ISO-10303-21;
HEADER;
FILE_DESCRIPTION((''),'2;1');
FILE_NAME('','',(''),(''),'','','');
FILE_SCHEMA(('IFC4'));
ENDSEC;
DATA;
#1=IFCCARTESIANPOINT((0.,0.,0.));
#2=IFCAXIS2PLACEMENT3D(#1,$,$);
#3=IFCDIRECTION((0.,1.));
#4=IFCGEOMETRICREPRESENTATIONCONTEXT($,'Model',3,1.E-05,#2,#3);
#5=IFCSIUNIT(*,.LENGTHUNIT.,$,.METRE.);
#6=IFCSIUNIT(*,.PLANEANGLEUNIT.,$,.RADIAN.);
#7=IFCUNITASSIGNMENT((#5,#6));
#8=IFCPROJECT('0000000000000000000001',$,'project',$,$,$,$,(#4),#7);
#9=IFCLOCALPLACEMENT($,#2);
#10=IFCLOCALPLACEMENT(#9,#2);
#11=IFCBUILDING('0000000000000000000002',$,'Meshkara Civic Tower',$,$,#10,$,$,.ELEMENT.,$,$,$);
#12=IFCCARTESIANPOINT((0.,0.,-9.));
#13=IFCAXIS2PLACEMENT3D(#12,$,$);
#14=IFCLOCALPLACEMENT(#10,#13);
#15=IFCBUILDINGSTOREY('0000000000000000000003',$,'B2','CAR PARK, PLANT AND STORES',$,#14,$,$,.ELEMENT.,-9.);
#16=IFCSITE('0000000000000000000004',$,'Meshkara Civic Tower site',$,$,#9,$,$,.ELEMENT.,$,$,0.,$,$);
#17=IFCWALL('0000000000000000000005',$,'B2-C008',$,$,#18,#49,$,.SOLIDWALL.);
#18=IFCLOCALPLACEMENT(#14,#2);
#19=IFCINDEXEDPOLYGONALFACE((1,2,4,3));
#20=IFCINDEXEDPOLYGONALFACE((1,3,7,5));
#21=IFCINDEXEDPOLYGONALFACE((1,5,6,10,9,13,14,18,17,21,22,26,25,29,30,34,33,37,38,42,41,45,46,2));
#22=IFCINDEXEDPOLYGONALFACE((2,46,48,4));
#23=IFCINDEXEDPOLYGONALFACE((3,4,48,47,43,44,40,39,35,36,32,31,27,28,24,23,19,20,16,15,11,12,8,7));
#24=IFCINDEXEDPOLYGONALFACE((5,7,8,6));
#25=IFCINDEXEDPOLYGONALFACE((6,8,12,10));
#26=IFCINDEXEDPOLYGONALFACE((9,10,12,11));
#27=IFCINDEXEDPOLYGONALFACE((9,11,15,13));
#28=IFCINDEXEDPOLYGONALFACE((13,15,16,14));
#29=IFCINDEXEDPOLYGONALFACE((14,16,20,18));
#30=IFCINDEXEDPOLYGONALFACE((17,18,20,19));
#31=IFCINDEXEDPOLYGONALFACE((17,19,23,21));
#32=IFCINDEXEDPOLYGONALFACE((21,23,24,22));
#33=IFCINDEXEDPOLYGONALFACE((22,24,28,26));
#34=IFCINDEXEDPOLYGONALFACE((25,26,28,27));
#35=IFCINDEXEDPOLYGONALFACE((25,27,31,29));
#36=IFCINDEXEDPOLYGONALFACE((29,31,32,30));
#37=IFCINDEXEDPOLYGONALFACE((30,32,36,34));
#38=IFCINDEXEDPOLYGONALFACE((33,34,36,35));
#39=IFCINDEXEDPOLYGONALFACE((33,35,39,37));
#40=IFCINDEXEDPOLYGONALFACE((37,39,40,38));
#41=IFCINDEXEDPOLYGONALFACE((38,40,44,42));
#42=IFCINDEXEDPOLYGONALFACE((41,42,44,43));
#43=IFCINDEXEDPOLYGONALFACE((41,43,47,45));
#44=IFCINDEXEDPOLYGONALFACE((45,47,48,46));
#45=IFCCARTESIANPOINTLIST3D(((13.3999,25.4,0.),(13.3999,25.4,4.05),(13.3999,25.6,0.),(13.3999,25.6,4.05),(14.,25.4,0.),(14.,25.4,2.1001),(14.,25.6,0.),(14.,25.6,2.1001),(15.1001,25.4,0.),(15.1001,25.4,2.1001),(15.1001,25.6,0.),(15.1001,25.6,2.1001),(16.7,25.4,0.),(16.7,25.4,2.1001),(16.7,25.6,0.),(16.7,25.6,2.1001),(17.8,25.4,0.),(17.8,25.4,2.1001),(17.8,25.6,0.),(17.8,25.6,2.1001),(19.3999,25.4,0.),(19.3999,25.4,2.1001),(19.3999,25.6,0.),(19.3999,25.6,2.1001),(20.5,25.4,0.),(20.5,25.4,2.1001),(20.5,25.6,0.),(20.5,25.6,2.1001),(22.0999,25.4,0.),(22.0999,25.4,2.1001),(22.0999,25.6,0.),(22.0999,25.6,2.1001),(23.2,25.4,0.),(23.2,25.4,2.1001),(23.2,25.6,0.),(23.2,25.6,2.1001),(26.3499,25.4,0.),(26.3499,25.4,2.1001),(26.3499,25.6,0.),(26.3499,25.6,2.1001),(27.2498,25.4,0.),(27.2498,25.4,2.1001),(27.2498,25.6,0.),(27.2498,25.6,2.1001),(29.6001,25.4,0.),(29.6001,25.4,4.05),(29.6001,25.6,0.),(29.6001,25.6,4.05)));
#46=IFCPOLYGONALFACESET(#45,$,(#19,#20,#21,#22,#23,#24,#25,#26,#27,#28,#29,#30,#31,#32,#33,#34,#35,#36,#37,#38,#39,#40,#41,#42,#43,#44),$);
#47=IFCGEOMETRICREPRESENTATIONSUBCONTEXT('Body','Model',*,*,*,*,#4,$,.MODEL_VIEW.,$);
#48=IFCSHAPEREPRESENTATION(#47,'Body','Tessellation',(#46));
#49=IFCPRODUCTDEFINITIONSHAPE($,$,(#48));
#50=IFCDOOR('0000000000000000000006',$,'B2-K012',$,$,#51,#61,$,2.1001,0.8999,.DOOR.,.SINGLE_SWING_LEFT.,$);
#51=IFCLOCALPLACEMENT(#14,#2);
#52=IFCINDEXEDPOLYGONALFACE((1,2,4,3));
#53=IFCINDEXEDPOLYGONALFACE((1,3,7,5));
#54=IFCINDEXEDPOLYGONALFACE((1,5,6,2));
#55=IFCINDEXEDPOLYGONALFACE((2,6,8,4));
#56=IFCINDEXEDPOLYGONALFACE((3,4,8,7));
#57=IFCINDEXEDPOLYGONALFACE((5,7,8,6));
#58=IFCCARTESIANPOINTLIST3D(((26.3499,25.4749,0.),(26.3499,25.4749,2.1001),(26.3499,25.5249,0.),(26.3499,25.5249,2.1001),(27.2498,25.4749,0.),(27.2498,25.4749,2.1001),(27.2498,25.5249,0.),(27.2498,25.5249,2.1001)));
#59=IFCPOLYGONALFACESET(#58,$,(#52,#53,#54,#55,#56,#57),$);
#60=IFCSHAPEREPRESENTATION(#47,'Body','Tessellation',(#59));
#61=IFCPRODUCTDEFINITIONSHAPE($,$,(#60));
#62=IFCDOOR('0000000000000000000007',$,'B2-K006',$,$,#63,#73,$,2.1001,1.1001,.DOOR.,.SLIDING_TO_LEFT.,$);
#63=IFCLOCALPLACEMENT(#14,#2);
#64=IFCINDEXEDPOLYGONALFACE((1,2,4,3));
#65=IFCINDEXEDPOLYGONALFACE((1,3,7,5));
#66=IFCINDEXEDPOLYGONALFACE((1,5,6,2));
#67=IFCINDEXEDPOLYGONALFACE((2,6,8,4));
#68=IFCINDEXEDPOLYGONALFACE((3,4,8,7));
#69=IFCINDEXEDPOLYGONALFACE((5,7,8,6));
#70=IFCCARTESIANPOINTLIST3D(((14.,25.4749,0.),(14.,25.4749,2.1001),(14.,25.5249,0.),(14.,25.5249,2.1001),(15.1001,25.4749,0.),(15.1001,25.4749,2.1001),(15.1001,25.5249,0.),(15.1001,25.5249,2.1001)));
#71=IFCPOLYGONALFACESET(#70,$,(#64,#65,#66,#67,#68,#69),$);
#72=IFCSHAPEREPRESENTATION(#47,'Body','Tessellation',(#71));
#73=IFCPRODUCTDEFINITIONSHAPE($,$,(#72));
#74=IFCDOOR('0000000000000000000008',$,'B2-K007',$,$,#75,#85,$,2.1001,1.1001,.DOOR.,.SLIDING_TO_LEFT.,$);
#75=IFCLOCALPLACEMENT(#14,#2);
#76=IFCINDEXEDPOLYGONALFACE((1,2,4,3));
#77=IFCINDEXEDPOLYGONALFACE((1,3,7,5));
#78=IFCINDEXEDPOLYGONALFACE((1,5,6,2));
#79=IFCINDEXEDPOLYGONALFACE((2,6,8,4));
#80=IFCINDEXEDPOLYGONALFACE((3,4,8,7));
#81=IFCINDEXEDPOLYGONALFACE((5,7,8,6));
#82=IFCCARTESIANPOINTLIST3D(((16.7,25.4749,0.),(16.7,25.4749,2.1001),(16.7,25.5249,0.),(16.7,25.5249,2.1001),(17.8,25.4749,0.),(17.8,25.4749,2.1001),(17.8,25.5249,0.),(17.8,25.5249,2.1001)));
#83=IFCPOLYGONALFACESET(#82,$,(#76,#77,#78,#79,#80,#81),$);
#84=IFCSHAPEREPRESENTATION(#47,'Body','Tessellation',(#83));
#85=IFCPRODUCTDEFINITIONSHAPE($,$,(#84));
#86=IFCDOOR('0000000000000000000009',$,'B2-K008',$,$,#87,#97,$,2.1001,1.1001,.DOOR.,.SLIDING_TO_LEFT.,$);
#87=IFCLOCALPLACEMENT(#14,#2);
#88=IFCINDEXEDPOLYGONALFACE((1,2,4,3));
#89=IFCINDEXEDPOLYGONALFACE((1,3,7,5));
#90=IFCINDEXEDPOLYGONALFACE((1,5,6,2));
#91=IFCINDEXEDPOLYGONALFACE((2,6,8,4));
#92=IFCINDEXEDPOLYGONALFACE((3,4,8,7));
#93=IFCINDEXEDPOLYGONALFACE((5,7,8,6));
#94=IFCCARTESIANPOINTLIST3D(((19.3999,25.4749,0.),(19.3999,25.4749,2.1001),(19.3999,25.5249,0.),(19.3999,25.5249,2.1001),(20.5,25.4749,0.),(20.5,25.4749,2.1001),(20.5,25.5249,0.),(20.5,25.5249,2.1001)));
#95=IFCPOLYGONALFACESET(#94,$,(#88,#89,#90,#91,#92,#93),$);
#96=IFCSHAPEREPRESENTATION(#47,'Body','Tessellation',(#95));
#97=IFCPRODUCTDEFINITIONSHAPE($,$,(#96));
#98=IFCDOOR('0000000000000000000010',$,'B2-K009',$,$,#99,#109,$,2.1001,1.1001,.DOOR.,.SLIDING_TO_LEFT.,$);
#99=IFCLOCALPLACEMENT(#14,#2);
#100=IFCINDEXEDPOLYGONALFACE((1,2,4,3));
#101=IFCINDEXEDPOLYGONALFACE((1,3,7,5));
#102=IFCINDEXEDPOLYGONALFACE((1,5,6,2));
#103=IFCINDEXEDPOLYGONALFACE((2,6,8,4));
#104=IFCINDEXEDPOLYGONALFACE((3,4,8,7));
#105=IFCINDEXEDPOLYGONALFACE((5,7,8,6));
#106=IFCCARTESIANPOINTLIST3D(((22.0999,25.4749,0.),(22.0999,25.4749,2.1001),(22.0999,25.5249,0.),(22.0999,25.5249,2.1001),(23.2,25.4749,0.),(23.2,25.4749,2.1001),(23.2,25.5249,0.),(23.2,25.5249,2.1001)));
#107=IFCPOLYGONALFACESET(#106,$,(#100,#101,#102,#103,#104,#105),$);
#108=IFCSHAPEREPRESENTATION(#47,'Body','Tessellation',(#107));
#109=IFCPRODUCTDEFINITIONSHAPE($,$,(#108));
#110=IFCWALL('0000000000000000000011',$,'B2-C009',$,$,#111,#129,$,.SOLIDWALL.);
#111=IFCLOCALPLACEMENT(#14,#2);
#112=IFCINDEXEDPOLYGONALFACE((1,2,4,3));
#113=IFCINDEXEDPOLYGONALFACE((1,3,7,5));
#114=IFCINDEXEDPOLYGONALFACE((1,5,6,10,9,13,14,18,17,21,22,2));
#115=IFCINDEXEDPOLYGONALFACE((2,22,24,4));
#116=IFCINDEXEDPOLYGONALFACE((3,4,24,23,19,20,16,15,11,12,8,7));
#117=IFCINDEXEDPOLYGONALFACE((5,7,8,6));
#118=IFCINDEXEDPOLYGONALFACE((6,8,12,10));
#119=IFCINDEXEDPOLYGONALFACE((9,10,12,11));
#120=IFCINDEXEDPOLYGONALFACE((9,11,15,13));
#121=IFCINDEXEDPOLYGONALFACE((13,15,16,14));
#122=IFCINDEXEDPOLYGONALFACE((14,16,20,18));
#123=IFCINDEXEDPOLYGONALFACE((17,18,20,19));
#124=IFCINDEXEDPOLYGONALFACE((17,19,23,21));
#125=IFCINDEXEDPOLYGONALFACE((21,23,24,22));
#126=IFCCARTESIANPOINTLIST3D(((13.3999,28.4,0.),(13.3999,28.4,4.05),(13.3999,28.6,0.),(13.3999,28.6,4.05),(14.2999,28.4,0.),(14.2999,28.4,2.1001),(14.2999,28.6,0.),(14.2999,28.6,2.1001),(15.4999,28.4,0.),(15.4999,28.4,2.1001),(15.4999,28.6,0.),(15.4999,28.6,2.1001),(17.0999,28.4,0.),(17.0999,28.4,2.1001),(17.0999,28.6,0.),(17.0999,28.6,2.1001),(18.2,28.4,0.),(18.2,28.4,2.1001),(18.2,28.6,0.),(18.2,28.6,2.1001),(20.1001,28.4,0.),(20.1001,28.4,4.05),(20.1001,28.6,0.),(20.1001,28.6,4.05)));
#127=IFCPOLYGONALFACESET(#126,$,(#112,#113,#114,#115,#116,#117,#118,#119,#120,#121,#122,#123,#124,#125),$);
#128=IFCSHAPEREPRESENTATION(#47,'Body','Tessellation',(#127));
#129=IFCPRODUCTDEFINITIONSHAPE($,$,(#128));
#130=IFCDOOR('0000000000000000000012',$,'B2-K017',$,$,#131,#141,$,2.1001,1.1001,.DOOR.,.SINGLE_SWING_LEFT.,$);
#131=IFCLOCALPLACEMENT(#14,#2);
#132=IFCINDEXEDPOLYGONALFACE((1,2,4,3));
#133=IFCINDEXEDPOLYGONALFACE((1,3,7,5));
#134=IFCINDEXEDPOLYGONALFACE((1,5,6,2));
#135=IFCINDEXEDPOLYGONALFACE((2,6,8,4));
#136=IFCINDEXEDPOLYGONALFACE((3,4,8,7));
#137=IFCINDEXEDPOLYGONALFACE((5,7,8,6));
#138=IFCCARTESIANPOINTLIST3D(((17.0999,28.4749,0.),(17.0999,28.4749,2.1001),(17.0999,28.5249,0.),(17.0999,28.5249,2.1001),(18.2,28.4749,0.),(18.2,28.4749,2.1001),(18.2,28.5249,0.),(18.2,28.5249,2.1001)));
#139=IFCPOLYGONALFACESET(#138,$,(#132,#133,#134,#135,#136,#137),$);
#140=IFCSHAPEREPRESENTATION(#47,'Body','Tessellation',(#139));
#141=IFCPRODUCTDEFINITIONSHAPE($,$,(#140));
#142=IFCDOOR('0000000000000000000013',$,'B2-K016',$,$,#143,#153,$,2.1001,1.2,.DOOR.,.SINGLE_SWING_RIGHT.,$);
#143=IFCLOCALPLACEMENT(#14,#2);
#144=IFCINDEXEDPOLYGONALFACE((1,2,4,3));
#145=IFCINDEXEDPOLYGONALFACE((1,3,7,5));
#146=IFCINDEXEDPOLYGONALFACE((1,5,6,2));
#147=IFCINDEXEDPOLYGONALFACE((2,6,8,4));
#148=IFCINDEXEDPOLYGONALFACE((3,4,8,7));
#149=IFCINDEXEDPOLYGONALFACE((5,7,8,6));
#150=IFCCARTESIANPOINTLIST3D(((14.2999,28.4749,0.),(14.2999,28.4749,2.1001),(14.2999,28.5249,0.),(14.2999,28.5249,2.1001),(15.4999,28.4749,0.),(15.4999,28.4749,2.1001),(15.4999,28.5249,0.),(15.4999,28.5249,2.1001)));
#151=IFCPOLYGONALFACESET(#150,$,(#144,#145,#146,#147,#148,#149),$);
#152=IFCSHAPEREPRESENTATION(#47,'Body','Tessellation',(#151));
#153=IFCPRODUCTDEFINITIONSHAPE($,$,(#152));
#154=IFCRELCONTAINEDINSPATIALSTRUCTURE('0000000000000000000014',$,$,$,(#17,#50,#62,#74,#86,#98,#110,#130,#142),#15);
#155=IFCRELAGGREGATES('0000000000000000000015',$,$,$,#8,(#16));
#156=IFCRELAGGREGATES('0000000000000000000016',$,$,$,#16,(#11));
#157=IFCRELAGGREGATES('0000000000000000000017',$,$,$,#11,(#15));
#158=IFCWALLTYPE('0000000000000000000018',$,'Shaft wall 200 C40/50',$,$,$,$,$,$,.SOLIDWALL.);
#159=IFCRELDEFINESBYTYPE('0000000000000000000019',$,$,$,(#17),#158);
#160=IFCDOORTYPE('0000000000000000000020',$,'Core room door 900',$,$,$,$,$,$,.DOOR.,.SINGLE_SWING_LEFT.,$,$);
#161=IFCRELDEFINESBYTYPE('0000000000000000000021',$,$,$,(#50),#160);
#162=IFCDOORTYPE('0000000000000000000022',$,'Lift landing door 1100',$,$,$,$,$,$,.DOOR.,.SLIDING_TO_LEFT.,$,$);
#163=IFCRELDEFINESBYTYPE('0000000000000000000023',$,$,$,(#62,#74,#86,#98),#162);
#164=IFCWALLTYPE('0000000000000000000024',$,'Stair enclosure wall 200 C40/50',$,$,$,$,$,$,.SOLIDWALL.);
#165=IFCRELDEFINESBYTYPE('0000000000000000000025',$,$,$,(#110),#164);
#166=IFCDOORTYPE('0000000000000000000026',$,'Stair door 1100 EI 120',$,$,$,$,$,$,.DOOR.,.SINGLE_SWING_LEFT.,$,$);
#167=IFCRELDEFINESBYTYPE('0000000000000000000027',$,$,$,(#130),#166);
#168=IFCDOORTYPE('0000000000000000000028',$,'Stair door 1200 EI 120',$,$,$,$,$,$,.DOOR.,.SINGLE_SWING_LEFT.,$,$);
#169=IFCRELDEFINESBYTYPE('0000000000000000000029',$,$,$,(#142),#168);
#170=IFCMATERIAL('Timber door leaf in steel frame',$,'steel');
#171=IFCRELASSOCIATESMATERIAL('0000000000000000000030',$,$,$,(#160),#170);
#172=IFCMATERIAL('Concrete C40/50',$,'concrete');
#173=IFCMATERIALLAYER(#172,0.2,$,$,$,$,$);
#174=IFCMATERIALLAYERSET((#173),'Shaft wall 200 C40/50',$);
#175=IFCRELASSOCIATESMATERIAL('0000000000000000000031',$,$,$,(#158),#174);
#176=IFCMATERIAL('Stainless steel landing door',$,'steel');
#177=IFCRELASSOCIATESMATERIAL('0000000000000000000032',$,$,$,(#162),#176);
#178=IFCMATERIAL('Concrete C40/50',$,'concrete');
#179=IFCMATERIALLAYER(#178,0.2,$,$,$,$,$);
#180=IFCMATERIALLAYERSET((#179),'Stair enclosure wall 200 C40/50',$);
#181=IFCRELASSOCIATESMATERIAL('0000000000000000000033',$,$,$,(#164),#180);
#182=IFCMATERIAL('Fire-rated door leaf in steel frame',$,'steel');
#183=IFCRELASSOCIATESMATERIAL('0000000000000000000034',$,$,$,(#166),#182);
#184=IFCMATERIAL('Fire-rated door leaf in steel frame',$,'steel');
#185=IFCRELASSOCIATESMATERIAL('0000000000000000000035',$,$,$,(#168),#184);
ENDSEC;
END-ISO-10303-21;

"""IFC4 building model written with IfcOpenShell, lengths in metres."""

from ifc_helpers import new_model, si_unit, direction, frame, frame_2d, origin, place, context, subcontext, project, spatial, rectangle, extrude, material, layer, layer_set, type_object, element, fill, save


model = new_model("IFC4")

# Units and contexts
model_context = context("Model", 3, precision=1e-05, world=origin(), true_north=direction((0.0, 1.0)))
body_context = subcontext(model_context, "Body", "Model", "MODEL_VIEW")
ifc_project = project(units=[si_unit("LENGTHUNIT", "METRE"), si_unit("PLANEANGLEUNIT", "RADIAN")], contexts=[model_context])

# Site, building, storey
site_placement = place(None, origin())
site = spatial("IfcSite", under=ifc_project, at=site_placement, Name="Meshkara Civic Tower site", CompositionType="ELEMENT", RefElevation=0.0)
building_placement = place(site_placement, origin())
building = spatial("IfcBuilding", under=site, at=building_placement, Name="Meshkara Civic Tower", CompositionType="ELEMENT")
storey_placement = place(building_placement, frame((0.0, 0.0, -9.0)))
storey = spatial("IfcBuildingStorey", under=building, at=storey_placement, Name="B2", Description="CAR PARK, PLANT AND STORES", CompositionType="ELEMENT", Elevation=-9.0)

# Shared definitions
ifc_material_1 = material(Name="Timber door leaf in steel frame", Category="steel")
door_type_1 = type_object("IfcDoorType", Name="Core room door 900", OperationType="SINGLE_SWING_LEFT", PredefinedType="DOOR", material=ifc_material_1)

# Walls, openings, doors
ifc_material_2 = material(Name="Concrete C40/50", Category="concrete")
ifc_layer_1 = layer(ifc_material_2, 0.2)
ifc_layer_set_1 = layer_set([ifc_layer_1], Name="Shaft wall 200 C40/50")
wall_type_1 = type_object("IfcWallType", Name="Shaft wall 200 C40/50", PredefinedType="SOLIDWALL", material=ifc_layer_set_1)
ifc_material_3 = material(Name="Stainless steel landing door", Category="steel")
door_type_2 = type_object("IfcDoorType", Name="Lift landing door 1100", OperationType="SLIDING_TO_LEFT", PredefinedType="DOOR", material=ifc_material_3)
wall_1_placement = place(storey_placement, frame((13.3999, 25.5, 0.0), z_axis=(0.0, 0.0, 1.0), x_axis=(1.0, 0.0, 0.0)))
wall_1 = element("IfcWall", 1, at=wall_1_placement, inside=storey, type_object=wall_type_1, Name="B2-C008", PredefinedType="SOLIDWALL", context=body_context, shape_type="SweptSolid", body=[
    extrude(rectangle(XDim=16.2002, YDim=0.2, at=frame_2d((8.1001, 0.0))), origin(), (0.0, 0.0, 1.0), 4.05),
])
opening_1_placement = place(wall_1_placement, frame((0.6001, 0.0, 0.0)))
opening_1 = element("IfcOpeningElement", 2, at=opening_1_placement, cuts=wall_1, PredefinedType="OPENING", context=body_context, shape_type="SweptSolid", body=[
    extrude(rectangle(XDim=1.1001, YDim=2.1001, at=frame_2d((0.55, 1.05))), frame((0.0, 0.1099, 0.0), z_axis=(0.0, -1.0, 0.0), x_axis=(1.0, 0.0, 0.0)), (0.0, 0.0, 1.0), 0.22),
])
opening_2_placement = place(wall_1_placement, frame((3.3, 0.0, 0.0)))
opening_2 = element("IfcOpeningElement", 3, at=opening_2_placement, cuts=wall_1, PredefinedType="OPENING", context=body_context, shape_type="SweptSolid", body=[
    extrude(rectangle(XDim=1.1001, YDim=2.1001, at=frame_2d((0.55, 1.05))), frame((0.0, 0.1099, 0.0), z_axis=(0.0, -1.0, 0.0), x_axis=(1.0, 0.0, 0.0)), (0.0, 0.0, 1.0), 0.22),
])
opening_3_placement = place(wall_1_placement, frame((6.0, 0.0, 0.0)))
opening_3 = element("IfcOpeningElement", 4, at=opening_3_placement, cuts=wall_1, PredefinedType="OPENING", context=body_context, shape_type="SweptSolid", body=[
    extrude(rectangle(XDim=1.1001, YDim=2.1001, at=frame_2d((0.55, 1.05))), frame((0.0, 0.1099, 0.0), z_axis=(0.0, -1.0, 0.0), x_axis=(1.0, 0.0, 0.0)), (0.0, 0.0, 1.0), 0.22),
])
opening_4_placement = place(wall_1_placement, frame((8.7, 0.0, 0.0)))
opening_4 = element("IfcOpeningElement", 5, at=opening_4_placement, cuts=wall_1, PredefinedType="OPENING", context=body_context, shape_type="SweptSolid", body=[
    extrude(rectangle(XDim=1.1001, YDim=2.1001, at=frame_2d((0.55, 1.05))), frame((0.0, 0.1099, 0.0), z_axis=(0.0, -1.0, 0.0), x_axis=(1.0, 0.0, 0.0)), (0.0, 0.0, 1.0), 0.22),
])
opening_5_placement = place(wall_1_placement, frame((12.95, 0.0, 0.0)))
opening_5 = element("IfcOpeningElement", 6, at=opening_5_placement, cuts=wall_1, PredefinedType="OPENING", context=body_context, shape_type="SweptSolid", body=[
    extrude(rectangle(XDim=0.8999, YDim=2.1001, at=frame_2d((0.45, 1.05))), frame((0.0, 0.1099, 0.0), z_axis=(0.0, -1.0, 0.0), x_axis=(1.0, 0.0, 0.0)), (0.0, 0.0, 1.0), 0.22),
])
door_1_placement = place(opening_5_placement, origin())
door_1 = element("IfcDoor", 7, at=door_1_placement, inside=storey, type_object=door_type_1, Name="B2-K012", OperationType="SINGLE_SWING_LEFT", OverallHeight=2.1001, OverallWidth=0.8999, PredefinedType="DOOR", context=body_context, shape_type="SweptSolid", body=[
    extrude(rectangle(XDim=0.8999, YDim=2.1001, at=frame_2d((0.45, 1.05))), frame((0.0, 0.0249, 0.0), z_axis=(0.0, -1.0, 0.0), x_axis=(1.0, 0.0, 0.0)), (0.0, 0.0, 1.0), 0.05),
])
fill(opening_5, door_1)
door_2_placement = place(opening_1_placement, origin())
door_2 = element("IfcDoor", 8, at=door_2_placement, inside=storey, type_object=door_type_2, Name="B2-K006", OperationType="SLIDING_TO_LEFT", OverallHeight=2.1001, OverallWidth=1.1001, PredefinedType="DOOR", context=body_context, shape_type="SweptSolid", body=[
    extrude(rectangle(XDim=1.1001, YDim=2.1001, at=frame_2d((0.55, 1.05))), frame((0.0, 0.0249, 0.0), z_axis=(0.0, -1.0, 0.0), x_axis=(1.0, 0.0, 0.0)), (0.0, 0.0, 1.0), 0.05),
])
fill(opening_1, door_2)
door_3_placement = place(opening_2_placement, origin())
door_3 = element("IfcDoor", 9, at=door_3_placement, inside=storey, type_object=door_type_2, Name="B2-K007", OperationType="SLIDING_TO_LEFT", OverallHeight=2.1001, OverallWidth=1.1001, PredefinedType="DOOR", context=body_context, shape_type="SweptSolid", body=[
    extrude(rectangle(XDim=1.1001, YDim=2.1001, at=frame_2d((0.55, 1.05))), frame((0.0, 0.0249, 0.0), z_axis=(0.0, -1.0, 0.0), x_axis=(1.0, 0.0, 0.0)), (0.0, 0.0, 1.0), 0.05),
])
fill(opening_2, door_3)
door_4_placement = place(opening_3_placement, origin())
door_4 = element("IfcDoor", 10, at=door_4_placement, inside=storey, type_object=door_type_2, Name="B2-K008", OperationType="SLIDING_TO_LEFT", OverallHeight=2.1001, OverallWidth=1.1001, PredefinedType="DOOR", context=body_context, shape_type="SweptSolid", body=[
    extrude(rectangle(XDim=1.1001, YDim=2.1001, at=frame_2d((0.55, 1.05))), frame((0.0, 0.0249, 0.0), z_axis=(0.0, -1.0, 0.0), x_axis=(1.0, 0.0, 0.0)), (0.0, 0.0, 1.0), 0.05),
])
fill(opening_3, door_4)
door_5_placement = place(opening_4_placement, origin())
door_5 = element("IfcDoor", 11, at=door_5_placement, inside=storey, type_object=door_type_2, Name="B2-K009", OperationType="SLIDING_TO_LEFT", OverallHeight=2.1001, OverallWidth=1.1001, PredefinedType="DOOR", context=body_context, shape_type="SweptSolid", body=[
    extrude(rectangle(XDim=1.1001, YDim=2.1001, at=frame_2d((0.55, 1.05))), frame((0.0, 0.0249, 0.0), z_axis=(0.0, -1.0, 0.0), x_axis=(1.0, 0.0, 0.0)), (0.0, 0.0, 1.0), 0.05),
])
fill(opening_4, door_5)
ifc_material_4 = material(Name="Concrete C40/50", Category="concrete")
ifc_layer_2 = layer(ifc_material_4, 0.2)
ifc_layer_set_2 = layer_set([ifc_layer_2], Name="Stair enclosure wall 200 C40/50")
wall_type_2 = type_object("IfcWallType", Name="Stair enclosure wall 200 C40/50", PredefinedType="SOLIDWALL", material=ifc_layer_set_2)
wall_2_placement = place(storey_placement, frame((13.3999, 28.5, 0.0), z_axis=(0.0, 0.0, 1.0), x_axis=(1.0, 0.0, 0.0)))
wall_2 = element("IfcWall", 12, at=wall_2_placement, inside=storey, type_object=wall_type_2, Name="B2-C009", PredefinedType="SOLIDWALL", context=body_context, shape_type="SweptSolid", body=[
    extrude(rectangle(XDim=6.7002, YDim=0.2, at=frame_2d((3.3501, 0.0))), origin(), (0.0, 0.0, 1.0), 4.05),
])
opening_6_placement = place(wall_2_placement, frame((0.8999, 0.0, 0.0)))
opening_6 = element("IfcOpeningElement", 13, at=opening_6_placement, cuts=wall_2, PredefinedType="OPENING", context=body_context, shape_type="SweptSolid", body=[
    extrude(rectangle(XDim=1.2, YDim=2.1001, at=frame_2d((0.6001, 1.05))), frame((0.0, 0.1099, 0.0), z_axis=(0.0, -1.0, 0.0), x_axis=(1.0, 0.0, 0.0)), (0.0, 0.0, 1.0), 0.22),
])
opening_7_placement = place(wall_2_placement, frame((3.7, 0.0, 0.0)))
opening_7 = element("IfcOpeningElement", 14, at=opening_7_placement, cuts=wall_2, PredefinedType="OPENING", context=body_context, shape_type="SweptSolid", body=[
    extrude(rectangle(XDim=1.1001, YDim=2.1001, at=frame_2d((0.55, 1.05))), frame((0.0, 0.1099, 0.0), z_axis=(0.0, -1.0, 0.0), x_axis=(1.0, 0.0, 0.0)), (0.0, 0.0, 1.0), 0.22),
])
ifc_material_5 = material(Name="Fire-rated door leaf in steel frame", Category="steel")
door_type_3 = type_object("IfcDoorType", Name="Stair door 1100 EI 120", OperationType="SINGLE_SWING_LEFT", PredefinedType="DOOR", material=ifc_material_5)
door_6_placement = place(opening_7_placement, origin())
door_6 = element("IfcDoor", 15, at=door_6_placement, inside=storey, type_object=door_type_3, Name="B2-K017", OperationType="SINGLE_SWING_LEFT", OverallHeight=2.1001, OverallWidth=1.1001, PredefinedType="DOOR", context=body_context, shape_type="SweptSolid", body=[
    extrude(rectangle(XDim=1.1001, YDim=2.1001, at=frame_2d((0.55, 1.05))), frame((0.0, 0.0249, 0.0), z_axis=(0.0, -1.0, 0.0), x_axis=(1.0, 0.0, 0.0)), (0.0, 0.0, 1.0), 0.05),
])
fill(opening_7, door_6)
ifc_material_6 = material(Name="Fire-rated door leaf in steel frame", Category="steel")
door_type_4 = type_object("IfcDoorType", Name="Stair door 1200 EI 120", OperationType="SINGLE_SWING_LEFT", PredefinedType="DOOR", material=ifc_material_6)
door_7_placement = place(opening_6_placement, origin())
door_7 = element("IfcDoor", 16, at=door_7_placement, inside=storey, type_object=door_type_4, Name="B2-K016", OperationType="SINGLE_SWING_RIGHT", OverallHeight=2.1001, OverallWidth=1.2, PredefinedType="DOOR", context=body_context, shape_type="SweptSolid", body=[
    extrude(rectangle(XDim=1.2, YDim=2.1001, at=frame_2d((0.6001, 1.05))), frame((0.0, 0.0249, 0.0), z_axis=(0.0, -1.0, 0.0), x_axis=(1.0, 0.0, 0.0)), (0.0, 0.0, 1.0), 0.05),
])
fill(opening_6, door_7)

save(model, "model.ifc")
